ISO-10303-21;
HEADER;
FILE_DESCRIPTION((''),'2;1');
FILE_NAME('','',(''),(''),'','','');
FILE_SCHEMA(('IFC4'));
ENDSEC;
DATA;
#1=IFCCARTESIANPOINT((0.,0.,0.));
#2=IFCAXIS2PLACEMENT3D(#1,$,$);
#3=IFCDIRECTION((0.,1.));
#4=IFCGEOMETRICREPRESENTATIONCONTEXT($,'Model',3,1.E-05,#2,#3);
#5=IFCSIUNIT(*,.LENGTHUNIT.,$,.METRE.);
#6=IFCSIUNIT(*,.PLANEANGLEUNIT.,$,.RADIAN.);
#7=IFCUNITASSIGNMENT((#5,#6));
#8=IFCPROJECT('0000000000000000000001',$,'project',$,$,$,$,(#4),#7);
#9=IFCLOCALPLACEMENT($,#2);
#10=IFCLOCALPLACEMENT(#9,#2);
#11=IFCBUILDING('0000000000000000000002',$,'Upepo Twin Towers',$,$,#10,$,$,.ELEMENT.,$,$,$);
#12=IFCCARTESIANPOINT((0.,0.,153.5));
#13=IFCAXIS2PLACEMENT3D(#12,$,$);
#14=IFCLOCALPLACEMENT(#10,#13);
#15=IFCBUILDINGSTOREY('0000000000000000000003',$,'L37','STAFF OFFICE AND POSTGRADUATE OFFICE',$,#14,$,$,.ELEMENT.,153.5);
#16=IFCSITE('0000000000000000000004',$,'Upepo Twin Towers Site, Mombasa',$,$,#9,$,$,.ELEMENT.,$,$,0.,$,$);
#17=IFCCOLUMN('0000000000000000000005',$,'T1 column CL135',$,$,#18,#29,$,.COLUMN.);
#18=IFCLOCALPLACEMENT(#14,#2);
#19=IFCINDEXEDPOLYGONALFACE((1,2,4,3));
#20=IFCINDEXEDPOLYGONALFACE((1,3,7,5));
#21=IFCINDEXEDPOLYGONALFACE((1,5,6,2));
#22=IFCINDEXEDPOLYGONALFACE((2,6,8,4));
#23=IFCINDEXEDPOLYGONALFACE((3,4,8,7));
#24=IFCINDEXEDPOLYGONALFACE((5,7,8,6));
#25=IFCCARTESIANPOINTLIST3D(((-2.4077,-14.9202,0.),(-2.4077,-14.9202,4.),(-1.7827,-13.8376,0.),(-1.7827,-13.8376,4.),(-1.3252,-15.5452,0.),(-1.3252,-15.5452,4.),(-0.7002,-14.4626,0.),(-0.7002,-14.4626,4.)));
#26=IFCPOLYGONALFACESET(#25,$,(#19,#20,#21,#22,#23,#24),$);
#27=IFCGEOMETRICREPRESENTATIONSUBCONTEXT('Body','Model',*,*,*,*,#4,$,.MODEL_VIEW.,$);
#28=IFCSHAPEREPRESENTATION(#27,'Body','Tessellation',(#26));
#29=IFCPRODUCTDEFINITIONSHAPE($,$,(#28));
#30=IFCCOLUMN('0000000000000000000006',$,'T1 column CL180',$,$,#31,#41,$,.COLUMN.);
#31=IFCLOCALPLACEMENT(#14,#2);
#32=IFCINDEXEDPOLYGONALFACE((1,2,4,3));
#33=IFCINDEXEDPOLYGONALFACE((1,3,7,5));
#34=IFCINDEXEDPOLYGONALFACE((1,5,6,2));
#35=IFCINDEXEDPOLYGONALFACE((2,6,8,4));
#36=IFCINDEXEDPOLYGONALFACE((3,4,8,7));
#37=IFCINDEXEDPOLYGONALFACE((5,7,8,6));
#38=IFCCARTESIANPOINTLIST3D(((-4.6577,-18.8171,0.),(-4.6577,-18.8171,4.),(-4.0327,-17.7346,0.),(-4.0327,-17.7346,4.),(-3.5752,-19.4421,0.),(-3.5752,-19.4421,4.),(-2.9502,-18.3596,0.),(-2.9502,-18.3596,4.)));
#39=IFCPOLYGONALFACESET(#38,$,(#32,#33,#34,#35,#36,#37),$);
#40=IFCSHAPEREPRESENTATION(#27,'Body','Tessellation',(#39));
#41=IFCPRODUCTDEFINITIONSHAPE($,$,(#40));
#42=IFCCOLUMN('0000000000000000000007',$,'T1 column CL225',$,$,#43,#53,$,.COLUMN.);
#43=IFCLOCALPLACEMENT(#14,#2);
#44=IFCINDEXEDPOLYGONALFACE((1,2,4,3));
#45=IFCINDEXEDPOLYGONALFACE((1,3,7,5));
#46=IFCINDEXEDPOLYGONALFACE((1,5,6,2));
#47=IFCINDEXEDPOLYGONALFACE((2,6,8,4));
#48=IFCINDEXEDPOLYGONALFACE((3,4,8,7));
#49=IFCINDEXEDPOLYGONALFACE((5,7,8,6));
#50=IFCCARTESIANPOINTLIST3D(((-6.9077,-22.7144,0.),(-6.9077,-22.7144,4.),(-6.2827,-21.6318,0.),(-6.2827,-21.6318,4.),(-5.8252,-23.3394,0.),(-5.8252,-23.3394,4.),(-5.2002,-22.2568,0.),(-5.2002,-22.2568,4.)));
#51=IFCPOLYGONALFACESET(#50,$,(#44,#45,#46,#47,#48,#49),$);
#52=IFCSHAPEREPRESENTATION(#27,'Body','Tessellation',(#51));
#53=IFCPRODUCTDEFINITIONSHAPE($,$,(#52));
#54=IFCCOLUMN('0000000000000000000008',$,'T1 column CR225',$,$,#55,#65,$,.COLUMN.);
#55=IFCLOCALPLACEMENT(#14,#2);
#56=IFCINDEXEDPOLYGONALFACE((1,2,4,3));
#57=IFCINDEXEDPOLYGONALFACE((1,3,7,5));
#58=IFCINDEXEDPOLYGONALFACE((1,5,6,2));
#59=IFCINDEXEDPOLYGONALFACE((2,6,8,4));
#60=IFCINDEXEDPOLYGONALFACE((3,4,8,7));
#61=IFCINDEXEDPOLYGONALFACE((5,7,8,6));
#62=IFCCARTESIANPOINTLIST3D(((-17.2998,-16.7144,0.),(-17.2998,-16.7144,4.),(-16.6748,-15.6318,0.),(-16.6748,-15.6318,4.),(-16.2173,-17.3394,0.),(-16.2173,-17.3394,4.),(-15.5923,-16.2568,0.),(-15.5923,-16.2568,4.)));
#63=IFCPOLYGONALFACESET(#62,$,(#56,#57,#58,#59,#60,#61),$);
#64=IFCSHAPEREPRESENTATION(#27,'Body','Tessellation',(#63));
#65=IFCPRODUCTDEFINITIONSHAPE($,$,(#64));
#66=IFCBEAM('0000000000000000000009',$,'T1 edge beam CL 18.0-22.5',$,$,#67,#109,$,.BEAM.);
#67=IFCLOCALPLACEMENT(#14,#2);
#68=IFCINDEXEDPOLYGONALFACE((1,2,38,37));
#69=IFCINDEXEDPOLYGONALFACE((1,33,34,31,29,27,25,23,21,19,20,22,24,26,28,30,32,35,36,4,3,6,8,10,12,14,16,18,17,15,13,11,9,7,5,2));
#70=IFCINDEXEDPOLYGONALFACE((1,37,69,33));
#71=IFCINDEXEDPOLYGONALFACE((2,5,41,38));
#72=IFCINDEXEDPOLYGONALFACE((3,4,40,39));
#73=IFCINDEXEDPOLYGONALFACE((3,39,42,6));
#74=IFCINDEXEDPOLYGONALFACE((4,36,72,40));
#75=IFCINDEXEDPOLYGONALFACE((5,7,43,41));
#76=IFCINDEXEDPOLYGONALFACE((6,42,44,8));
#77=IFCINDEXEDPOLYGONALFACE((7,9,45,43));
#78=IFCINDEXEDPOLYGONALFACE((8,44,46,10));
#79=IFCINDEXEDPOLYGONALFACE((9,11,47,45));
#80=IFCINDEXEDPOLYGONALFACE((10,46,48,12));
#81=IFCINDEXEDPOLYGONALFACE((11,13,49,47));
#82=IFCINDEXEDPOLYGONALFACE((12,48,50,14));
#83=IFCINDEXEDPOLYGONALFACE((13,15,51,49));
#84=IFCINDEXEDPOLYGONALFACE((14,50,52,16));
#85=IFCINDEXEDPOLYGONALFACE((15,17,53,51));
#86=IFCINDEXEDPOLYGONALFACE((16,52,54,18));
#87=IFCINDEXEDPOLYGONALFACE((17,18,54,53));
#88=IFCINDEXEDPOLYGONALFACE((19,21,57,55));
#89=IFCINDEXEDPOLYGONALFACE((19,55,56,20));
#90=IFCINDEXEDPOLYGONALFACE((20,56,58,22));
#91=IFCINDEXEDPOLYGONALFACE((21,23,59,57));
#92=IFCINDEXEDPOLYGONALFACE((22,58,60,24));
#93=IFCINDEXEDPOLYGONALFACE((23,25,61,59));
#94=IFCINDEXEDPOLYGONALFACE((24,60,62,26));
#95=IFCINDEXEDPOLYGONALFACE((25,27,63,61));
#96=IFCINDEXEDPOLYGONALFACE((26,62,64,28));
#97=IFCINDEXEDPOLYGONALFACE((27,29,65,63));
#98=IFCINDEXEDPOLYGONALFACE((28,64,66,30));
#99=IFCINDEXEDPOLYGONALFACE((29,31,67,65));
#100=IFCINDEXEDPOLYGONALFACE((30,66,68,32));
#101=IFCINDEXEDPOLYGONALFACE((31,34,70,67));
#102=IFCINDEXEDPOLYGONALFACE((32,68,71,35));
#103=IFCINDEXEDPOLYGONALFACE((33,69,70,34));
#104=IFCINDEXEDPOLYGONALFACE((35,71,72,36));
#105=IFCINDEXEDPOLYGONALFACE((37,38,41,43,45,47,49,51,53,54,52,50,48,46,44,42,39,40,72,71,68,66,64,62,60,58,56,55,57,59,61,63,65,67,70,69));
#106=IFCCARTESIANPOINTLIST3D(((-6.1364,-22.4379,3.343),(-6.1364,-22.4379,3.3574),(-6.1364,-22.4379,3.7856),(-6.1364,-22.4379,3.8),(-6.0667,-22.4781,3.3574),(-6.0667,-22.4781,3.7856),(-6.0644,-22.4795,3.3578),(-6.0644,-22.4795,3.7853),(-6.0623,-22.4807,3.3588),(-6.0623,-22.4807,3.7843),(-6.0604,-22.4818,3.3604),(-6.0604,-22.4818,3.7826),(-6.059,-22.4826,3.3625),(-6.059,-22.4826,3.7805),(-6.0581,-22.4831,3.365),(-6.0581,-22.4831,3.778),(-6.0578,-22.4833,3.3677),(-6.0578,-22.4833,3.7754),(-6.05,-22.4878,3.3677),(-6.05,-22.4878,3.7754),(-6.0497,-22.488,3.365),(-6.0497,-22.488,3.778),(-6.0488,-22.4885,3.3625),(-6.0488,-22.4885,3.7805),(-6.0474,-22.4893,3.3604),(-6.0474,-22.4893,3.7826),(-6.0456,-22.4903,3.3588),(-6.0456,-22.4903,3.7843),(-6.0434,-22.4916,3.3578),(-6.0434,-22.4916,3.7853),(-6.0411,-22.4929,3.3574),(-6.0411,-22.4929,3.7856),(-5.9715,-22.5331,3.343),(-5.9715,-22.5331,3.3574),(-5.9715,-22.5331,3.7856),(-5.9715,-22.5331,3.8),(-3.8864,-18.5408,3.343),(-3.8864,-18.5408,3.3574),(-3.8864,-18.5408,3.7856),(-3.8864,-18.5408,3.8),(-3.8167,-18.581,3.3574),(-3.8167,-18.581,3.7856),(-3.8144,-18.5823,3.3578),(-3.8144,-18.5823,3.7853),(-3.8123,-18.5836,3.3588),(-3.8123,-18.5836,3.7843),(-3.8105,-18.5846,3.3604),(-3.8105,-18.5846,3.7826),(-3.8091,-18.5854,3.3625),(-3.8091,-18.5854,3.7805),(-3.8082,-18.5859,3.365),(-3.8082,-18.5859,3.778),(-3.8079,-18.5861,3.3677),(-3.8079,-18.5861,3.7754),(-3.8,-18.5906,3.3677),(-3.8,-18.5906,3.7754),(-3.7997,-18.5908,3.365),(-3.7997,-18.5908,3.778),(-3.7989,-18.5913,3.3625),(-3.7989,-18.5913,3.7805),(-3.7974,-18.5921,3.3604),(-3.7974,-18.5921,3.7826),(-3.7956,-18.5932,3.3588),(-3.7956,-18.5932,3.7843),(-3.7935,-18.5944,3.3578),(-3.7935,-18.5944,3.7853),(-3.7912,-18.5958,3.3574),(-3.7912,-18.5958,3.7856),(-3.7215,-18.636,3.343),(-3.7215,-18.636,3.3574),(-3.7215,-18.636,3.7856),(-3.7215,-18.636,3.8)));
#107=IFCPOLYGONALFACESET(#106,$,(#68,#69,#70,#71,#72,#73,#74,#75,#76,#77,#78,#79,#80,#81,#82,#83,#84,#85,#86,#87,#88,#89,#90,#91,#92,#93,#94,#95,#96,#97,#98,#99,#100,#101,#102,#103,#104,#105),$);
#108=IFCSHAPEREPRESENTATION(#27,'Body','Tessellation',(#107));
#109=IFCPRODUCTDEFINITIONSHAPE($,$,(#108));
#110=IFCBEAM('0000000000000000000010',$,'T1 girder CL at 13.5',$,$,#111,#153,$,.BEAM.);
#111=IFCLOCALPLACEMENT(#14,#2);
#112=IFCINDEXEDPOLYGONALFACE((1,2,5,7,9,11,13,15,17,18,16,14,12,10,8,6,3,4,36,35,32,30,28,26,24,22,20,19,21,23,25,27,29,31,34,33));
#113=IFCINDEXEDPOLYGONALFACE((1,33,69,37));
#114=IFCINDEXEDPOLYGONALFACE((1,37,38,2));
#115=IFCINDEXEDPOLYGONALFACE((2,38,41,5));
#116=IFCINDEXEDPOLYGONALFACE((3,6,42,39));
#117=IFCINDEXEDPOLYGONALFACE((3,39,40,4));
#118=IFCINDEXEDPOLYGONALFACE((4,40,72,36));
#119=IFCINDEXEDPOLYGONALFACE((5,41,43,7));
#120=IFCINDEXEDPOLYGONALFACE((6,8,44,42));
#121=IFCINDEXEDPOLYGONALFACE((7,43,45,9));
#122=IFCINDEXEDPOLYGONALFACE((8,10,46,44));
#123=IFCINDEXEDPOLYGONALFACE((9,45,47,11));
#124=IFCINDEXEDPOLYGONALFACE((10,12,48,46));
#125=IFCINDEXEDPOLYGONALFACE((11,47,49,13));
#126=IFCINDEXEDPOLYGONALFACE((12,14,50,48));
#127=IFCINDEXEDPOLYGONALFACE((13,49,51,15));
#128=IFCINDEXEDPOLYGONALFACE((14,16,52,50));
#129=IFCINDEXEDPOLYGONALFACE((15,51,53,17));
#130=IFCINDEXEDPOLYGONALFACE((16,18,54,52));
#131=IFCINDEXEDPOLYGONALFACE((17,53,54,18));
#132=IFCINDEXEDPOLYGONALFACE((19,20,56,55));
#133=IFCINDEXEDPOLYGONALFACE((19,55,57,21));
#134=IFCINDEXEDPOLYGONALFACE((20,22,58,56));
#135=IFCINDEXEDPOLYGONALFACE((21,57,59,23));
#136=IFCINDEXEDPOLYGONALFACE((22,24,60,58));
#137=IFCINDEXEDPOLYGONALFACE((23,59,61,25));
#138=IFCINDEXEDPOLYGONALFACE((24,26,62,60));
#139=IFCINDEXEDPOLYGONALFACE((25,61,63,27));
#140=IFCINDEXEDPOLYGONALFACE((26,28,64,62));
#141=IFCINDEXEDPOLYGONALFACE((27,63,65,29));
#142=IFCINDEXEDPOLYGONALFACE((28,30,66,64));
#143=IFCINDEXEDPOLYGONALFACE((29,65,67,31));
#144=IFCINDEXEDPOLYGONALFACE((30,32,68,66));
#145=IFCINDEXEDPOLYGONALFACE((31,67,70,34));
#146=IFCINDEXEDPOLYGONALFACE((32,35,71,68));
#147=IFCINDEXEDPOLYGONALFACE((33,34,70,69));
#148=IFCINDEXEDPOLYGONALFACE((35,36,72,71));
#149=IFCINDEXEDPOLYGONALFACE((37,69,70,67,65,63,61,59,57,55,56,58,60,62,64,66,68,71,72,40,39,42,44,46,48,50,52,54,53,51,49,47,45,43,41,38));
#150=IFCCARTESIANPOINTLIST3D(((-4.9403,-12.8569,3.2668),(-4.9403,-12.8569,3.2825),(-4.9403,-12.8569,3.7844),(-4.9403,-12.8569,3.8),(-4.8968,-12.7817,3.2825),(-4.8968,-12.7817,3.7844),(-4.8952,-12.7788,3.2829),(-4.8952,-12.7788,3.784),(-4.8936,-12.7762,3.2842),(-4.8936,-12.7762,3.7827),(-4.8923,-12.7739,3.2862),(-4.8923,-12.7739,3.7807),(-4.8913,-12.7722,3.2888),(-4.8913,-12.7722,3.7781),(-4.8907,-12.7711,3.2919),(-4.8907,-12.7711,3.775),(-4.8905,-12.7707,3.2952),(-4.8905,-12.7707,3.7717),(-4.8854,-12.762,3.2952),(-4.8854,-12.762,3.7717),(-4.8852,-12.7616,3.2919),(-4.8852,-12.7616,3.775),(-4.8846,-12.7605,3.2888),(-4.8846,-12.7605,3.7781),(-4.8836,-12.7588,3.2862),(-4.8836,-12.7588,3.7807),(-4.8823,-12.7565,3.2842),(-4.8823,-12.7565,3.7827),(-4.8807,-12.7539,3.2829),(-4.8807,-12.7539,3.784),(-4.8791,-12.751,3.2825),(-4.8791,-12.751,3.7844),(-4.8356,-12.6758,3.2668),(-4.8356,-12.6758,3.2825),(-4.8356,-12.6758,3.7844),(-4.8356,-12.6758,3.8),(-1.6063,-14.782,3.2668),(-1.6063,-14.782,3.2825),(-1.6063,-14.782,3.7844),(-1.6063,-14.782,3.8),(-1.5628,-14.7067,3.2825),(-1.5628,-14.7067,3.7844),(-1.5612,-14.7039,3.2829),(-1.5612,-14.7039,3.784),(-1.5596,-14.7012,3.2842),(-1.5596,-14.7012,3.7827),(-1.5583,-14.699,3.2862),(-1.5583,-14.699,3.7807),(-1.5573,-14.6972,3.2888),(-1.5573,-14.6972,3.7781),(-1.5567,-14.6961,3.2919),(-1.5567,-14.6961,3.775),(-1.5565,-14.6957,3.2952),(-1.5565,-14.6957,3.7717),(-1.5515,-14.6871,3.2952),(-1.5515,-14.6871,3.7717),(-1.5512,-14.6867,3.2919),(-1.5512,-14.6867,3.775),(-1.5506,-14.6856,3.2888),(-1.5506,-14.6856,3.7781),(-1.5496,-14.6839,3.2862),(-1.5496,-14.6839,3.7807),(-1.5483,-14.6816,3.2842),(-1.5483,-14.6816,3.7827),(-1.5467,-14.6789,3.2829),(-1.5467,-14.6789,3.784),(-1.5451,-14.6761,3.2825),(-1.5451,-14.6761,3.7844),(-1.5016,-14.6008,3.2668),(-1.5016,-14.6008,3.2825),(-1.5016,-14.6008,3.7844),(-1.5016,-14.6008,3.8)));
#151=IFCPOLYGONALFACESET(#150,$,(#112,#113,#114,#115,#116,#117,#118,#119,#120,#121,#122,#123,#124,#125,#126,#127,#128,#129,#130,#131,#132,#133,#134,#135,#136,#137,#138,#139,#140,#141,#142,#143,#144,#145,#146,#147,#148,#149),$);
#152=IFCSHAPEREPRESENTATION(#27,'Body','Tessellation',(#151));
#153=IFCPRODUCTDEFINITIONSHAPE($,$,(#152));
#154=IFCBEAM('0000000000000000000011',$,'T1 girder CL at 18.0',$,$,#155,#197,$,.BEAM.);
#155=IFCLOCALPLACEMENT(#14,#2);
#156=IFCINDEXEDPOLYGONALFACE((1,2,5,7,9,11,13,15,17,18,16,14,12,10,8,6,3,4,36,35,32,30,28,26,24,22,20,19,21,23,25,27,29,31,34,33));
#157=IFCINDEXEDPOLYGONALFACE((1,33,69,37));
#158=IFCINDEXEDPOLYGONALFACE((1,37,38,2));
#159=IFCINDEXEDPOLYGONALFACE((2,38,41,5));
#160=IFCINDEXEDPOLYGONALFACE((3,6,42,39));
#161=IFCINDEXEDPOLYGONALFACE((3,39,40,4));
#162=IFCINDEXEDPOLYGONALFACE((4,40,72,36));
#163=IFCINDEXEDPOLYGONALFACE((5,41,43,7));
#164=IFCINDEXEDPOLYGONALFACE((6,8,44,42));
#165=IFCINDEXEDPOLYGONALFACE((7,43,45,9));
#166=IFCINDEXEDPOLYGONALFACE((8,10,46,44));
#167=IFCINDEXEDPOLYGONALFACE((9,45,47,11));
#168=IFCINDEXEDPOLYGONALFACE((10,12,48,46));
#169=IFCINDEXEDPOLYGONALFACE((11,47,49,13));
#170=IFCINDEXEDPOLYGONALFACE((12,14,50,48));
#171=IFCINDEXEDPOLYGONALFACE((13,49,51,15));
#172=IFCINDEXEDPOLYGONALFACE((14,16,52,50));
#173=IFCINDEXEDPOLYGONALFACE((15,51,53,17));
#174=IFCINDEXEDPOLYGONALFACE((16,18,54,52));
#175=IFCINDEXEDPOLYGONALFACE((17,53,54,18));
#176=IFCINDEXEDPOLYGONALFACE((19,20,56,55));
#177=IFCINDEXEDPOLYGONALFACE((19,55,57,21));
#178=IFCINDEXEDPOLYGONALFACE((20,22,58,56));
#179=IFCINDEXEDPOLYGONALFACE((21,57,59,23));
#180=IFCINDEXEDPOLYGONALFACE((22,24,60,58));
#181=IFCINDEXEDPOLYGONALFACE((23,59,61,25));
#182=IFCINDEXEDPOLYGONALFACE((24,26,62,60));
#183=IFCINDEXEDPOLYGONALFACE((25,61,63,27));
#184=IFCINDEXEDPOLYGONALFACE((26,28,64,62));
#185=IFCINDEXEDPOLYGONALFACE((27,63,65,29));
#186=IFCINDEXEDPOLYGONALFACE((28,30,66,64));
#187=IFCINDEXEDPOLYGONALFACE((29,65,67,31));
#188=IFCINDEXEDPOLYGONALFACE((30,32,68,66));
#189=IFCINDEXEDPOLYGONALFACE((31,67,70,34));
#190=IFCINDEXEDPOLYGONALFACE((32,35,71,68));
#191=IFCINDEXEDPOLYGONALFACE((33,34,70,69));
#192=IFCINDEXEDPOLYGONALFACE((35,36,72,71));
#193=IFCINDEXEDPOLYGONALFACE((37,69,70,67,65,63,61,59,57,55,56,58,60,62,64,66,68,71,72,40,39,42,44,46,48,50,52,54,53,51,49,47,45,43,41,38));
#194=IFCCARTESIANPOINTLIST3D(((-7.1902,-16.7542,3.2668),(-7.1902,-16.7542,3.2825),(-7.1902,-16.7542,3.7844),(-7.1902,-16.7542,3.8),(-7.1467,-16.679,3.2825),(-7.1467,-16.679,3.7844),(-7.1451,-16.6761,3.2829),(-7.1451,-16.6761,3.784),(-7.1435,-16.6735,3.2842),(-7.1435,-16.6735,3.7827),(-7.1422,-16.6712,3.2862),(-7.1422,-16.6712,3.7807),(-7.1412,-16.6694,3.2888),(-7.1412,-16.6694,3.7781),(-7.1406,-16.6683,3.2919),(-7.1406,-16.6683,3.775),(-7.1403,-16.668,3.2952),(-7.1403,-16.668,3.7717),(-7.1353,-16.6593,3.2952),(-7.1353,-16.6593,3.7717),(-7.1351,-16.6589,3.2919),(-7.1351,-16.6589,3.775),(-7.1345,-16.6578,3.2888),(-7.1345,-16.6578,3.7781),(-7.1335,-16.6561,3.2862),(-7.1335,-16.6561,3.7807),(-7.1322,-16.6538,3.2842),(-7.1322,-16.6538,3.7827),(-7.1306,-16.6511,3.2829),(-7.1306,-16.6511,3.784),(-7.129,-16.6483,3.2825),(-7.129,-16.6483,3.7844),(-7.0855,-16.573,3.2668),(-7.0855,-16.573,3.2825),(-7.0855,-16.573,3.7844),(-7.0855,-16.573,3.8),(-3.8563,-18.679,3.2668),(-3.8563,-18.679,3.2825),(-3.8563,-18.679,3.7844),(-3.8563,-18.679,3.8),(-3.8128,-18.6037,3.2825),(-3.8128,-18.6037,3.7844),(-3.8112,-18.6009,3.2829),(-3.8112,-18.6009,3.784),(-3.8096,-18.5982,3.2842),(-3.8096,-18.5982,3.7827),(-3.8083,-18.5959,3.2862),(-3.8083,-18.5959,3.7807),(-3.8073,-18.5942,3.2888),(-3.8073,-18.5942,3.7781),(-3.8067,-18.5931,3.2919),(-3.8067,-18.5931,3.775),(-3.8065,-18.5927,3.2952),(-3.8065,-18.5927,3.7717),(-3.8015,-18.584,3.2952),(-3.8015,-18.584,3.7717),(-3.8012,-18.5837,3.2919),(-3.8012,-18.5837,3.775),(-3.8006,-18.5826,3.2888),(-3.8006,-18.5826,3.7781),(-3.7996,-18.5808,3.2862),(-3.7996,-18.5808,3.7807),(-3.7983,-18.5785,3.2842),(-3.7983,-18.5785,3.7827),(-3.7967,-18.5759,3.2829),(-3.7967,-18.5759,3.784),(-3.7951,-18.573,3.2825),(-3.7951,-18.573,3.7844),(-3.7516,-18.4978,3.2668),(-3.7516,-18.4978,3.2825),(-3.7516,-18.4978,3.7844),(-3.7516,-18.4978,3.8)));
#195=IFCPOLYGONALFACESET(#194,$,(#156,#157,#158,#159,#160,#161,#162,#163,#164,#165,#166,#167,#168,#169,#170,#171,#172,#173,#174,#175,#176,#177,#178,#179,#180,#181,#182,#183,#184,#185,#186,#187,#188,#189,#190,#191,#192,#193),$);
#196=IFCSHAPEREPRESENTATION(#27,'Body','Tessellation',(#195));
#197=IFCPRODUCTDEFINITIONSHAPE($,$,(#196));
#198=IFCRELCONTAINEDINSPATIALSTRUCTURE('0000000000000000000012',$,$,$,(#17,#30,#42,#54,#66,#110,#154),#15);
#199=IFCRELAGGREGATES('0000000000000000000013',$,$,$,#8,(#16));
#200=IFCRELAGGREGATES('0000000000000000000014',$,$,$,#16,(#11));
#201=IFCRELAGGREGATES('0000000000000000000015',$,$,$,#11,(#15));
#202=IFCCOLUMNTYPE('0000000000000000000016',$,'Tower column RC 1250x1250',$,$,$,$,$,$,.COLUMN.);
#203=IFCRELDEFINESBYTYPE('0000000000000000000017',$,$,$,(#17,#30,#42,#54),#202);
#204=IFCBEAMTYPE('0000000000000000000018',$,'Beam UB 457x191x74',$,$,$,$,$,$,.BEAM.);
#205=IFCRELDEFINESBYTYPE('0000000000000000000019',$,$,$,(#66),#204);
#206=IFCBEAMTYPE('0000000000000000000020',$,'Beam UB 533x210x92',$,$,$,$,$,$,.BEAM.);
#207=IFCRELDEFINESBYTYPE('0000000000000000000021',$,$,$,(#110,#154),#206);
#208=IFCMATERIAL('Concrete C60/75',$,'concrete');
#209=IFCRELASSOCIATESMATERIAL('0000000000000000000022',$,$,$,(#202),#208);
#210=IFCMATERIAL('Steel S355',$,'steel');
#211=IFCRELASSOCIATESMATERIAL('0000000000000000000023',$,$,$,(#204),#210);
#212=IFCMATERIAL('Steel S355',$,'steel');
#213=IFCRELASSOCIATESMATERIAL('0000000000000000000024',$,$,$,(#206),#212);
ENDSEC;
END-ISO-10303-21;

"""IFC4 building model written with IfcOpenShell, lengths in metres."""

from ifc_helpers import new_model, si_unit, direction, frame, origin, origin_2d, place, context, subcontext, project, spatial, rectangle, i_section, extrude, material, material_profile, profile_set, type_object, element, save


model = new_model("IFC4")

# Units and contexts
model_context = context("Model", 3, precision=1e-05, world=origin(), true_north=direction((0.0, 1.0)))
body_context = subcontext(model_context, "Body", "Model", "MODEL_VIEW")
ifc_project = project(units=[si_unit("LENGTHUNIT", "METRE"), si_unit("PLANEANGLEUNIT", "RADIAN")], contexts=[model_context])

# Site, building, storey
site_placement = place(None, origin())
site = spatial("IfcSite", under=ifc_project, at=site_placement, Name="Upepo Twin Towers Site, Mombasa", CompositionType="ELEMENT", RefElevation=0.0)
building_placement = place(site_placement, origin())
building = spatial("IfcBuilding", under=site, at=building_placement, Name="Upepo Twin Towers", CompositionType="ELEMENT")
storey_placement = place(building_placement, frame((0.0, 0.0, 153.5)))
storey = spatial("IfcBuildingStorey", under=building, at=storey_placement, Name="L37", Description="STAFF OFFICE AND POSTGRADUATE OFFICE", CompositionType="ELEMENT", Elevation=153.5)

# Columns
ifc_material_1 = material(Name="Concrete C60/75", Category="concrete")
ifc_material_profile_1 = material_profile(ifc_material_1, rectangle(XDim=1.25, YDim=1.25, at=origin_2d()), Name="RC 1250x1250")
ifc_profile_set_1 = profile_set([ifc_material_profile_1], Name="Concrete C60/75")
column_type = type_object("IfcColumnType", Name="Tower column RC 1250x1250", PredefinedType="COLUMN", material=ifc_profile_set_1)
for number, where, z_axis, x_axis, name in (
    (1, (-1.554, -14.6914, 0.0), (0.0, 0.0, 1.0), (0.5, 0.866025, 0.0), "T1 column CL135"),
    (2, (-3.804, -18.5884, 0.0), (0.0, 0.0, 1.0), (0.5, 0.866025, 0.0), "T1 column CL180"),
    (3, (-6.054, -22.4856, 0.0), (0.0, 0.0, 1.0), (0.5, 0.866025, 0.0), "T1 column CL225"),
    (4, (-16.446, -16.4856, 0.0), (0.0, 0.0, 1.0), (0.5, 0.866025, 0.0), "T1 column CR225"),
):
    element("IfcColumn", number, at=place(storey_placement, frame(where, z_axis=z_axis, x_axis=x_axis)), inside=storey, type_object=column_type, Name=name, PredefinedType="COLUMN", context=body_context, shape_type="SweptSolid", body=[
        extrude(rectangle(XDim=1.25, YDim=1.25, at=origin_2d()), origin(), (0.0, 0.0, 1.0), 4.0),
    ])

# Beams
ifc_material_2 = material(Name="Steel S355", Category="steel")
ifc_material_profile_2 = material_profile(ifc_material_2, i_section(OverallWidth=0.1904, OverallDepth=0.457, WebThickness=0.009, FlangeThickness=0.0144, FilletRadius=0.0103, at=origin_2d()), Name="UB 457x191x74")
ifc_profile_set_2 = profile_set([ifc_material_profile_2], Name="Steel S355")
beam_type_1 = type_object("IfcBeamType", Name="Beam UB 457x191x74", PredefinedType="BEAM", material=ifc_profile_set_2)
beam_1_placement = place(storey_placement, frame((-3.804, -18.5884, 3.5715), z_axis=(-0.49999, -0.866031, 0.0), x_axis=(0.866031, -0.49999, 0.0)))
element("IfcBeam", 5, at=beam_1_placement, inside=storey, type_object=beam_type_1, Name="T1 edge beam CL 18.0-22.5", PredefinedType="BEAM", context=body_context, shape_type="SweptSolid", body=[
    extrude(i_section(OverallWidth=0.1904, OverallDepth=0.457, WebThickness=0.009, FlangeThickness=0.0144, FilletRadius=0.0103, at=origin_2d()), origin(), (0.0, 0.0, 1.0), 4.5),
])
ifc_material_3 = material(Name="Steel S355", Category="steel")
ifc_material_profile_3 = material_profile(ifc_material_3, i_section(OverallWidth=0.2092, OverallDepth=0.5332, WebThickness=0.01, FlangeThickness=0.0156, FilletRadius=0.0127, at=origin_2d()), Name="UB 533x210x92")
ifc_profile_set_3 = profile_set([ifc_material_profile_3], Name="Steel S355")
beam_type_2 = type_object("IfcBeamType", Name="Beam UB 533x210x92", PredefinedType="BEAM", material=ifc_profile_set_3)
beam_2_placement = place(storey_placement, frame((-1.554, -14.6914, 3.5334), z_axis=(-0.866006, 0.500034, 0.0), x_axis=(-0.500034, -0.866006, 0.0)))
element("IfcBeam", 6, at=beam_2_placement, inside=storey, type_object=beam_type_2, Name="T1 girder CL at 13.5", PredefinedType="BEAM", context=body_context, shape_type="SweptSolid", body=[
    extrude(i_section(OverallWidth=0.2092, OverallDepth=0.5332, WebThickness=0.01, FlangeThickness=0.0156, FilletRadius=0.0127, at=origin_2d()), origin(), (0.0, 0.0, 1.0), 3.8499),
])
beam_3_placement = place(storey_placement, frame((-3.804, -18.5884, 3.5334), z_axis=(-0.866034, 0.499986, 0.0), x_axis=(-0.499986, -0.866034, 0.0)))
element("IfcBeam", 7, at=beam_3_placement, inside=storey, type_object=beam_type_2, Name="T1 girder CL at 18.0", PredefinedType="BEAM", context=body_context, shape_type="SweptSolid", body=[
    extrude(i_section(OverallWidth=0.2092, OverallDepth=0.5332, WebThickness=0.01, FlangeThickness=0.0156, FilletRadius=0.0127, at=origin_2d()), origin(), (0.0, 0.0, 1.0), 3.8496),
])

save(model, "model.ifc")
